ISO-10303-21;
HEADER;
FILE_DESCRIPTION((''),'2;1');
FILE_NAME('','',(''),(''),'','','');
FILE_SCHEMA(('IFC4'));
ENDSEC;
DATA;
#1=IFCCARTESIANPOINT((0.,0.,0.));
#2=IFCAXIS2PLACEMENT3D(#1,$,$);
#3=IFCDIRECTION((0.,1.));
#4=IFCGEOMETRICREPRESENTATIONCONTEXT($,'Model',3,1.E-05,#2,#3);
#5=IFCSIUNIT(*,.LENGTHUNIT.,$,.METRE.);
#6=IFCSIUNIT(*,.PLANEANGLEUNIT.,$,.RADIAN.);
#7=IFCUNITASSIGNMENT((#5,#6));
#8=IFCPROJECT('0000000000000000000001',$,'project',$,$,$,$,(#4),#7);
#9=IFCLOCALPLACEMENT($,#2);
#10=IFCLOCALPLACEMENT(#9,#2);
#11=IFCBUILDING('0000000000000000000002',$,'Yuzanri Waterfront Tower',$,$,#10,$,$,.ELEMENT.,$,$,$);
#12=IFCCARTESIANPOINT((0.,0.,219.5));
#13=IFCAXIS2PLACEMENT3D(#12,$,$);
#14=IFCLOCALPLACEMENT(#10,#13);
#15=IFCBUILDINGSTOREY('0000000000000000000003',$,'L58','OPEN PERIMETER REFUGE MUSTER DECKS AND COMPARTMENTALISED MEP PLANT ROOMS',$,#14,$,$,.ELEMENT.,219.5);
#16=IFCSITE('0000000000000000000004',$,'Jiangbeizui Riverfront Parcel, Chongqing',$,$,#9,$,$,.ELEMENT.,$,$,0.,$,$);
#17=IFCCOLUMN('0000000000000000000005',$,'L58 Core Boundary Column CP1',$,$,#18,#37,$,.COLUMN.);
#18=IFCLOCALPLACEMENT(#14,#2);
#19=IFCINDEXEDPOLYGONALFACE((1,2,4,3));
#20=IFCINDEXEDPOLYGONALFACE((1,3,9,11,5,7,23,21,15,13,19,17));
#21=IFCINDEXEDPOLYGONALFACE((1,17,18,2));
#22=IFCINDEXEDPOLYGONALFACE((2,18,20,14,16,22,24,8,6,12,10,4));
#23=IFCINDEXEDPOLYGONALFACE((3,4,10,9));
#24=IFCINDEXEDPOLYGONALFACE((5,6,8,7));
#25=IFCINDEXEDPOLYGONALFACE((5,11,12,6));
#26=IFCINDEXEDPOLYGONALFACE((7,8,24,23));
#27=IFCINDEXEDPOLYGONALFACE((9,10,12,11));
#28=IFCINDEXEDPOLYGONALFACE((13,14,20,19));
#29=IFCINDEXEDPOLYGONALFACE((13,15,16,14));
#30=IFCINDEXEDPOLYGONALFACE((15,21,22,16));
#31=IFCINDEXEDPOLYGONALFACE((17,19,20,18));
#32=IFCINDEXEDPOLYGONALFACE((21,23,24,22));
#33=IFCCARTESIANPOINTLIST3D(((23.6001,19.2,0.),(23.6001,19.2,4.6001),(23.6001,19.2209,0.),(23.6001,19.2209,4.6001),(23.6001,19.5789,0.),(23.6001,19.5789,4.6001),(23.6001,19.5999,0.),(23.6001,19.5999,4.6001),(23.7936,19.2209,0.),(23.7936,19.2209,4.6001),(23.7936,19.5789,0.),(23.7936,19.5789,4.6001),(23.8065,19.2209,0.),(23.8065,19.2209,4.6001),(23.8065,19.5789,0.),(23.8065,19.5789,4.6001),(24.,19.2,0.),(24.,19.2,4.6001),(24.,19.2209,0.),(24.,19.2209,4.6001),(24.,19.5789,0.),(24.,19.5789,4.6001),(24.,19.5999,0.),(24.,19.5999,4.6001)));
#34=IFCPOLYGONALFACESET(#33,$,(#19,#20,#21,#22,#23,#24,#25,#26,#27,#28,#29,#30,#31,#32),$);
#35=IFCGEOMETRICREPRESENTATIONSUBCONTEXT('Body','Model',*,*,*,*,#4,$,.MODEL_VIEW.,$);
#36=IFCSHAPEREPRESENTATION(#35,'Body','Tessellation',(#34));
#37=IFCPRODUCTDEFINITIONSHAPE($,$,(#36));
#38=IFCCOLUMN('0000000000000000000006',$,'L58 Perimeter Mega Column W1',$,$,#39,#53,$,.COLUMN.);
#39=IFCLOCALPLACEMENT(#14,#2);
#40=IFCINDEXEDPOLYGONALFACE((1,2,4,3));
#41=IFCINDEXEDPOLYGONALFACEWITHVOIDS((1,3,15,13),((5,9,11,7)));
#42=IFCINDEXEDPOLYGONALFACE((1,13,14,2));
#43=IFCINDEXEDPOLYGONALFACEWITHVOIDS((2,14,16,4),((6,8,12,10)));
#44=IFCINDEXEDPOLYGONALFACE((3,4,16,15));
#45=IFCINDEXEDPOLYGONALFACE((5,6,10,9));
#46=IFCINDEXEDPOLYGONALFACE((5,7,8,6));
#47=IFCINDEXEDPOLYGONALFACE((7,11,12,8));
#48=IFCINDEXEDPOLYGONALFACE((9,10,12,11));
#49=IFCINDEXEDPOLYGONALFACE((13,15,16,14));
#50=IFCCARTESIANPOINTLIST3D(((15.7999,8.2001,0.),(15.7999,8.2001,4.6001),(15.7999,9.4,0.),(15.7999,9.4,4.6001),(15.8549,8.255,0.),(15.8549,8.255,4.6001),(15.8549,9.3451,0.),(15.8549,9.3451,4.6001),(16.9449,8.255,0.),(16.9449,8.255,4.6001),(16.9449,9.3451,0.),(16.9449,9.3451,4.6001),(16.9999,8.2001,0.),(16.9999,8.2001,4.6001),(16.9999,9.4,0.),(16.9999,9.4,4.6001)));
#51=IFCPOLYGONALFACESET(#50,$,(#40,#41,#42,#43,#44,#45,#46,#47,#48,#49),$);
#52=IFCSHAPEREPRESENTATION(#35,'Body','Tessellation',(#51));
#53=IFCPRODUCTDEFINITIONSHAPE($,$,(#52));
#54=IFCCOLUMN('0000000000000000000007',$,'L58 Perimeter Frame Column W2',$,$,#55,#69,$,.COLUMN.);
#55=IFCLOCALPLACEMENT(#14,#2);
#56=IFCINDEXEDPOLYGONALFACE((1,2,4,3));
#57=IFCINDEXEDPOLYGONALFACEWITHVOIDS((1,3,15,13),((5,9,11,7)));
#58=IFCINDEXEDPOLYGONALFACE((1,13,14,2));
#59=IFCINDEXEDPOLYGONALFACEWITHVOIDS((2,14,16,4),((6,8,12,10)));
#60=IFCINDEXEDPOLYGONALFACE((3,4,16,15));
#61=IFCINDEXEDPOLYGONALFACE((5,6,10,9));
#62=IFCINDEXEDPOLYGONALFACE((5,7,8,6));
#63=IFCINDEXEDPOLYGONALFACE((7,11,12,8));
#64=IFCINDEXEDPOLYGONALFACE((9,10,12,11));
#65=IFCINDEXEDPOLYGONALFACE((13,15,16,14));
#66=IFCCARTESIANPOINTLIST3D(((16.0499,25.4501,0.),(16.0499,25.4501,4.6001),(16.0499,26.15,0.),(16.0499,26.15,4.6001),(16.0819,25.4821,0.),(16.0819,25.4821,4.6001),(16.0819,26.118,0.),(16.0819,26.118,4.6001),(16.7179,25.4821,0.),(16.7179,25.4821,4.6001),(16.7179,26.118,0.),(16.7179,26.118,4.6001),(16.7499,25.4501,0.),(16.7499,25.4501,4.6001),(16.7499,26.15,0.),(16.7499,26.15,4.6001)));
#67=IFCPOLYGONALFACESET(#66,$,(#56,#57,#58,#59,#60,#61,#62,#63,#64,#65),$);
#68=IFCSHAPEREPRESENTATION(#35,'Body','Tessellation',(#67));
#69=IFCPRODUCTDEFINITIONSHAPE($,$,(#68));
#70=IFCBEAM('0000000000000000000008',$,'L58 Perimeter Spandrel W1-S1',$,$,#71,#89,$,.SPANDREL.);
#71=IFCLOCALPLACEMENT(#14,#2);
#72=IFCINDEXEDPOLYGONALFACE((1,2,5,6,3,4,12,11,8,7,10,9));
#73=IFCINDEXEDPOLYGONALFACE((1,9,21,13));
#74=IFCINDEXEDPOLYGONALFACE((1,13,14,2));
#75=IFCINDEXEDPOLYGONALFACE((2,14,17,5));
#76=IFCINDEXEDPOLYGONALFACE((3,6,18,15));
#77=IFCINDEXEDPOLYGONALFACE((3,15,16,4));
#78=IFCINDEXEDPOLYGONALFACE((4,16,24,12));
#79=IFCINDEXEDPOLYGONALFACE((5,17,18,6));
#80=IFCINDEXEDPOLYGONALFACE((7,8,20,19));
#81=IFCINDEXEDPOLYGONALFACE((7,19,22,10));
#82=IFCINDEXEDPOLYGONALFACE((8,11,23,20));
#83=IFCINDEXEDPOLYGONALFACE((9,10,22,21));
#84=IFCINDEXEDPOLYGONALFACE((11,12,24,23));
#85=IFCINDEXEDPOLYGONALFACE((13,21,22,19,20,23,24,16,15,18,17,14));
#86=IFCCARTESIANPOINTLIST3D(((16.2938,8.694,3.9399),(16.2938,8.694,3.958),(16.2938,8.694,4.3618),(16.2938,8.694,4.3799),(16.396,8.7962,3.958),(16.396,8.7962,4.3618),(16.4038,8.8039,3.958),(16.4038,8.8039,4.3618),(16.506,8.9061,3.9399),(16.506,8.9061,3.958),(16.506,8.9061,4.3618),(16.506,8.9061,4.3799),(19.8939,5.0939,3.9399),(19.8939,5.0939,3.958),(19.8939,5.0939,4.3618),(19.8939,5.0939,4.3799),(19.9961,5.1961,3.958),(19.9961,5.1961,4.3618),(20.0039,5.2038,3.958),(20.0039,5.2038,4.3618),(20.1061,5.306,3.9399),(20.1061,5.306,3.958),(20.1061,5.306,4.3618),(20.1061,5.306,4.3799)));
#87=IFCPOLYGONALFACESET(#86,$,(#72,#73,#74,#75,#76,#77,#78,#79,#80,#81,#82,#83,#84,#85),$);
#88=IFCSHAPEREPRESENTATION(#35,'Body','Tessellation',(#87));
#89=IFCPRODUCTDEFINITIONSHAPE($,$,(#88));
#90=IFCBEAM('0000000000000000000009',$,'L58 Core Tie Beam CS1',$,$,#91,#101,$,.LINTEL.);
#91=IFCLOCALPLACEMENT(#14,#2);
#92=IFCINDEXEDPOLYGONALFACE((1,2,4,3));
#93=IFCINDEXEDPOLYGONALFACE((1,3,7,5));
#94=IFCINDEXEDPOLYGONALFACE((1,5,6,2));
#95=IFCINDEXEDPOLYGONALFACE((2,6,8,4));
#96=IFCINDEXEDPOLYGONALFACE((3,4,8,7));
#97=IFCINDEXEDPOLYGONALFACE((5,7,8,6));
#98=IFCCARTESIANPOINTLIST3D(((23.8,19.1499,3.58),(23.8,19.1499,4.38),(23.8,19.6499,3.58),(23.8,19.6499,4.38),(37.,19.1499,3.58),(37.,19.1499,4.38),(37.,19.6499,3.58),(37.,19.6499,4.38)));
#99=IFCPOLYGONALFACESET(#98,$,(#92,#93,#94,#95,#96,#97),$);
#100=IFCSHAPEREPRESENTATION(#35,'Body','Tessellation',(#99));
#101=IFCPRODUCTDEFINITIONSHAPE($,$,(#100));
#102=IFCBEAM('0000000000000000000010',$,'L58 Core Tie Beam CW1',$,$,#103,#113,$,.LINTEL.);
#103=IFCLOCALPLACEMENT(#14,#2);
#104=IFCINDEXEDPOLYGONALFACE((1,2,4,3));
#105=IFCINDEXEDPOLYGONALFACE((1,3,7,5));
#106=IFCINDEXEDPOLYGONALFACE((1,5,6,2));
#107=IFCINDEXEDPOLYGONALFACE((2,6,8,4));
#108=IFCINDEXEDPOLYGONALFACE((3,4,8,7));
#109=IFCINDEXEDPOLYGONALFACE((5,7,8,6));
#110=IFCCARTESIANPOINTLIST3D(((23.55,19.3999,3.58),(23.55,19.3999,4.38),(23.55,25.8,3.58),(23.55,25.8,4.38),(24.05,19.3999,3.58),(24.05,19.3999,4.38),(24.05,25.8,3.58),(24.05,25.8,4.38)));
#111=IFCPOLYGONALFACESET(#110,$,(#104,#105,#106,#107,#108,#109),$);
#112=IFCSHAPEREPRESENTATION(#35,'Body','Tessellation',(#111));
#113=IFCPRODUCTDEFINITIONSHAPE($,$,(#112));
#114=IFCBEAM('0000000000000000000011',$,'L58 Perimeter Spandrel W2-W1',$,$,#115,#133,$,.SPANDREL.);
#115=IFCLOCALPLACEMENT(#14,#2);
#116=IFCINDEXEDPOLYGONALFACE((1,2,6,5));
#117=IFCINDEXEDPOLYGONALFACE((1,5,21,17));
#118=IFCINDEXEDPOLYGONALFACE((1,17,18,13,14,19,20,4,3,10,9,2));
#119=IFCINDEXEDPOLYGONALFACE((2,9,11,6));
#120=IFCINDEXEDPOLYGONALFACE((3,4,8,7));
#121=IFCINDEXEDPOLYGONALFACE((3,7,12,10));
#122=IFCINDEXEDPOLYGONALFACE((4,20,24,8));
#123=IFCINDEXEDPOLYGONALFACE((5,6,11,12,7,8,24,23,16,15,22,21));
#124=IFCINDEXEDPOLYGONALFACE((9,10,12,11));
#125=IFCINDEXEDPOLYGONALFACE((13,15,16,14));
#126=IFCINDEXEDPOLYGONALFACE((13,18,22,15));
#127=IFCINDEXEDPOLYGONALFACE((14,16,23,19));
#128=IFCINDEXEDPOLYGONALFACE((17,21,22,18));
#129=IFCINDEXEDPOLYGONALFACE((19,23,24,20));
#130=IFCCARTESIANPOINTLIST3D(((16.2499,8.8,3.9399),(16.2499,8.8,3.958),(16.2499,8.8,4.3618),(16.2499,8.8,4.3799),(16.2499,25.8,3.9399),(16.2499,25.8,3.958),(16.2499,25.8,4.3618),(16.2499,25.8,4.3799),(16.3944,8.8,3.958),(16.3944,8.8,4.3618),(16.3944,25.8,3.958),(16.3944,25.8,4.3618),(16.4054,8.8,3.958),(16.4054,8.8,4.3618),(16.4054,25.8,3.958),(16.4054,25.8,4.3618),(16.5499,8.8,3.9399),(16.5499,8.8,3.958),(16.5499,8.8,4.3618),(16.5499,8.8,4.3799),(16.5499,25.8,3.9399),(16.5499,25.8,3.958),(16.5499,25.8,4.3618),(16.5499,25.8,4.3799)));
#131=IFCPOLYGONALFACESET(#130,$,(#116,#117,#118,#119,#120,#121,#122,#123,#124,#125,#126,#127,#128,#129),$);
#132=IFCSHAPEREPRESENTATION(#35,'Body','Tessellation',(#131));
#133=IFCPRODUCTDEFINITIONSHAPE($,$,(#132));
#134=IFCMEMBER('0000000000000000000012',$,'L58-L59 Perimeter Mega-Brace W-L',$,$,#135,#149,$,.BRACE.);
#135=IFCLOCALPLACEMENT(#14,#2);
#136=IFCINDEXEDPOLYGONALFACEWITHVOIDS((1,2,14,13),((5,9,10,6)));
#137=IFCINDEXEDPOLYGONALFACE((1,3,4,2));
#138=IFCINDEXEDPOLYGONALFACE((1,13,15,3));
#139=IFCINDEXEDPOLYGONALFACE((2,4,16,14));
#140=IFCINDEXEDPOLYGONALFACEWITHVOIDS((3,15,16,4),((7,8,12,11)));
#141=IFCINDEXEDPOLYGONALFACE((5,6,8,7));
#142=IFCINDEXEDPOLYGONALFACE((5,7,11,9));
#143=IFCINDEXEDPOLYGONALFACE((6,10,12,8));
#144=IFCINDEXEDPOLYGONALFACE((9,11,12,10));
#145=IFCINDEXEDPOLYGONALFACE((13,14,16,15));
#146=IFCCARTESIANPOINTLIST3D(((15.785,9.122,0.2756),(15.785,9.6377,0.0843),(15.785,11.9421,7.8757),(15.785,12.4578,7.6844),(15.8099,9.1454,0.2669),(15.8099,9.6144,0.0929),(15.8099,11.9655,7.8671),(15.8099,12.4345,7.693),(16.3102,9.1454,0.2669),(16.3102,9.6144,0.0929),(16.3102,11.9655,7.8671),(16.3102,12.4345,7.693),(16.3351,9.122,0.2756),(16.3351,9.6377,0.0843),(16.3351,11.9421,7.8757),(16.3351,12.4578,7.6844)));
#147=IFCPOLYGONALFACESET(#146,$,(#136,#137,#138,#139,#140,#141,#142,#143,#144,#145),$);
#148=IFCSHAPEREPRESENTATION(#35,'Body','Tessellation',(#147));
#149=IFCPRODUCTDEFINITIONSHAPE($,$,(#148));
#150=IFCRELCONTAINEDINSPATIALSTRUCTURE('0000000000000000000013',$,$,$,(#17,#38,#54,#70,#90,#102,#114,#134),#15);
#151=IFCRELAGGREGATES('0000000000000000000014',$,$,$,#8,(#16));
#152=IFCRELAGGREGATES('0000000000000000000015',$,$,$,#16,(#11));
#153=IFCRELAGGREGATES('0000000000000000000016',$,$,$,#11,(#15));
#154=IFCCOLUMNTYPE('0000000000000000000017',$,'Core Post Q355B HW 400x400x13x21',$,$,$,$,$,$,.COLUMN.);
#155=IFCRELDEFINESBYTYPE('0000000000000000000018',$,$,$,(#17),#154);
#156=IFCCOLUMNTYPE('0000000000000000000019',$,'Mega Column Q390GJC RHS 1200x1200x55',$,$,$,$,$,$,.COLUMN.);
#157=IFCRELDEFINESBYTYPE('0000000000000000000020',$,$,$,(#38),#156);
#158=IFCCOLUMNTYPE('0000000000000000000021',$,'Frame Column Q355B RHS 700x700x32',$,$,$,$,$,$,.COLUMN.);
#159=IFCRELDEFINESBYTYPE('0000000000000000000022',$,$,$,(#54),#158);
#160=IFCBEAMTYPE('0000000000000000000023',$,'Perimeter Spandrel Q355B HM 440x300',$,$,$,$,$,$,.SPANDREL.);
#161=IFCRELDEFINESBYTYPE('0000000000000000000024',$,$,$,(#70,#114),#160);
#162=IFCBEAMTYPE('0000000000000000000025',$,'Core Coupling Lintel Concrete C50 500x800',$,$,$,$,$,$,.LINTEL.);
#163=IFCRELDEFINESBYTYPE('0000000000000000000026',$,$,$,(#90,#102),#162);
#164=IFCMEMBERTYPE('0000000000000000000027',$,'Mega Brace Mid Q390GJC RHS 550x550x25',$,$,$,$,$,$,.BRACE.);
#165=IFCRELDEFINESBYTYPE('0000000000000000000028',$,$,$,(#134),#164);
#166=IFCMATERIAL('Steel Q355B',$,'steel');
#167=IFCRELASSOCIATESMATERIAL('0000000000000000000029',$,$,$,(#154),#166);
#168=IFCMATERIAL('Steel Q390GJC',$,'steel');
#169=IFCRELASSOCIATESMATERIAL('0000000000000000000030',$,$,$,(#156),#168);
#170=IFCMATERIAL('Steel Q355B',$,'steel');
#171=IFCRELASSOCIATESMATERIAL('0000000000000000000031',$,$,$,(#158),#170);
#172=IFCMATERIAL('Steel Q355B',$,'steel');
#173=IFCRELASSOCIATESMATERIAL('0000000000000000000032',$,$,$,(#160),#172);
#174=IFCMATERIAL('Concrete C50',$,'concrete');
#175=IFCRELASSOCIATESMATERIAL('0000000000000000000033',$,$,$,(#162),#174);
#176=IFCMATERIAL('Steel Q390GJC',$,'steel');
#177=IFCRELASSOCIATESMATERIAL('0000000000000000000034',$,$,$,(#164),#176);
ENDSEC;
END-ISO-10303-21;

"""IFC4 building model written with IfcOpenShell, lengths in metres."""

from ifc_helpers import new_model, si_unit, direction, frame, origin, origin_2d, place, context, subcontext, project, spatial, rectangle, hollow_rectangle, i_section, extrude, source, transform, mapped, material, material_profile, profile_set, type_object, element, save


model = new_model("IFC4")

# Units and contexts
model_context = context("Model", 3, precision=1e-05, world=origin(), true_north=direction((0.0, 1.0)))
body_context = subcontext(model_context, "Body", "Model", "MODEL_VIEW")
ifc_project = project(units=[si_unit("LENGTHUNIT", "METRE"), si_unit("PLANEANGLEUNIT", "RADIAN")], contexts=[model_context])

# Site, building, storey
site_placement = place(None, origin())
site = spatial("IfcSite", under=ifc_project, at=site_placement, Name="Jiangbeizui Riverfront Parcel, Chongqing", CompositionType="ELEMENT", RefElevation=0.0)
building_placement = place(site_placement, origin())
building = spatial("IfcBuilding", under=site, at=building_placement, Name="Yuzanri Waterfront Tower", CompositionType="ELEMENT")
storey_placement = place(building_placement, frame((0.0, 0.0, 219.5)))
storey = spatial("IfcBuildingStorey", under=building, at=storey_placement, Name="L58", Description="OPEN PERIMETER REFUGE MUSTER DECKS AND COMPARTMENTALISED MEP PLANT ROOMS", CompositionType="ELEMENT", Elevation=219.5)

# Columns
ifc_material_1 = material(Name="Steel Q355B", Category="steel")
ifc_material_profile_1 = material_profile(ifc_material_1, i_section(OverallWidth=0.3999, OverallDepth=0.3999, WebThickness=0.0129, FlangeThickness=0.021, at=origin_2d()), Name="HW 400x400x13x21")
ifc_profile_set_1 = profile_set([ifc_material_profile_1], Name="Steel Q355B")
column_type_1 = type_object("IfcColumnType", Name="Core Post Q355B HW 400x400x13x21", PredefinedType="COLUMN", material=ifc_profile_set_1)
shared_shape_1 = source(origin(), body_context, "Body", "SweptSolid", [
    extrude(i_section(OverallWidth=0.3999, OverallDepth=0.3999, WebThickness=0.0129, FlangeThickness=0.021, at=origin_2d()), origin(), (0.0, 0.0, 1.0), 4.6001),
])
column_1_placement = place(storey_placement, frame((23.8, 19.3999, 0.0), z_axis=(0.0, 0.0, 1.0), x_axis=(1.0, 0.0, 0.0)))
element("IfcColumn", 1, at=column_1_placement, inside=storey, type_object=column_type_1, Name="L58 Core Boundary Column CP1", PredefinedType="COLUMN", context=body_context, shape_type="MappedRepresentation", body=[
    mapped(shared_shape_1, transform((0.0, 0.0, 0.0), scale=1.0)),
])
ifc_material_2 = material(Name="Steel Q390GJC", Category="steel")
ifc_material_profile_2 = material_profile(ifc_material_2, hollow_rectangle(XDim=1.2, YDim=1.2, WallThickness=0.0549, at=origin_2d()), Name="RHS 1200x1200x55")
ifc_profile_set_2 = profile_set([ifc_material_profile_2], Name="Steel Q390GJC")
column_type_2 = type_object("IfcColumnType", Name="Mega Column Q390GJC RHS 1200x1200x55", PredefinedType="COLUMN", material=ifc_profile_set_2)
shared_shape_2 = source(origin(), body_context, "Body", "SweptSolid", [
    extrude(hollow_rectangle(XDim=1.2, YDim=1.2, WallThickness=0.0549, at=origin_2d()), origin(), (0.0, 0.0, 1.0), 4.6001),
])
column_2_placement = place(storey_placement, frame((16.3999, 8.8, 0.0), z_axis=(0.0, 0.0, 1.0), x_axis=(1.0, 0.0, 0.0)))
element("IfcColumn", 2, at=column_2_placement, inside=storey, type_object=column_type_2, Name="L58 Perimeter Mega Column W1", PredefinedType="COLUMN", context=body_context, shape_type="MappedRepresentation", body=[
    mapped(shared_shape_2, transform((0.0, 0.0, 0.0), scale=1.0)),
])
ifc_material_3 = material(Name="Steel Q355B", Category="steel")
ifc_material_profile_3 = material_profile(ifc_material_3, hollow_rectangle(XDim=0.7, YDim=0.7, WallThickness=0.032, at=origin_2d()), Name="RHS 700x700x32")
ifc_profile_set_3 = profile_set([ifc_material_profile_3], Name="Steel Q355B")
column_type_3 = type_object("IfcColumnType", Name="Frame Column Q355B RHS 700x700x32", PredefinedType="COLUMN", material=ifc_profile_set_3)
shared_shape_3 = source(origin(), body_context, "Body", "SweptSolid", [
    extrude(hollow_rectangle(XDim=0.7, YDim=0.7, WallThickness=0.032, at=origin_2d()), origin(), (0.0, 0.0, 1.0), 4.6001),
])
column_3_placement = place(storey_placement, frame((16.3999, 25.8, 0.0), z_axis=(0.0, 0.0, 1.0), x_axis=(1.0, 0.0, 0.0)))
element("IfcColumn", 3, at=column_3_placement, inside=storey, type_object=column_type_3, Name="L58 Perimeter Frame Column W2", PredefinedType="COLUMN", context=body_context, shape_type="MappedRepresentation", body=[
    mapped(shared_shape_3, transform((0.0, 0.0, 0.0), scale=1.0)),
])

# Beams
ifc_material_4 = material(Name="Steel Q355B", Category="steel")
ifc_material_profile_4 = material_profile(ifc_material_4, i_section(OverallWidth=0.3, OverallDepth=0.4399, WebThickness=0.011, FlangeThickness=0.0181, at=origin_2d()), Name="HM 440x300x11x18")
ifc_profile_set_4 = profile_set([ifc_material_profile_4], Name="Steel Q355B")
beam_type_1 = type_object("IfcBeamType", Name="Perimeter Spandrel Q355B HM 440x300", PredefinedType="SPANDREL", material=ifc_profile_set_4)
shared_shape_4 = source(origin(), body_context, "Body", "SweptSolid", [
    extrude(i_section(OverallWidth=0.3, OverallDepth=0.4399, WebThickness=0.011, FlangeThickness=0.0181, at=origin_2d()), origin(), (0.0, 0.0, 1.0), 5.0913),
])
beam_1_placement = place(storey_placement, frame((16.3999, 8.8, 4.1599), z_axis=(0.707107, -0.707107, 0.0), x_axis=(0.707107, 0.707107, 0.0)))
element("IfcBeam", 4, at=beam_1_placement, inside=storey, type_object=beam_type_1, Name="L58 Perimeter Spandrel W1-S1", PredefinedType="SPANDREL", context=body_context, shape_type="MappedRepresentation", body=[
    mapped(shared_shape_4, transform((0.0, 0.0, 0.0), scale=1.0)),
])
ifc_material_5 = material(Name="Concrete C50", Category="concrete")
ifc_material_profile_5 = material_profile(ifc_material_5, rectangle(XDim=0.5, YDim=0.8, at=origin_2d()), Name="RC 500x800")
ifc_profile_set_5 = profile_set([ifc_material_profile_5], Name="Concrete C50")
beam_type_2 = type_object("IfcBeamType", Name="Core Coupling Lintel Concrete C50 500x800", PredefinedType="LINTEL", material=ifc_profile_set_5)
shared_shape_5 = source(origin(), body_context, "Body", "SweptSolid", [
    extrude(rectangle(XDim=0.5, YDim=0.8, at=origin_2d()), origin(), (0.0, 0.0, 1.0), 13.2),
])
beam_2_placement = place(storey_placement, frame((23.8, 19.3999, 3.98), z_axis=(1.0, 0.0, 0.0), x_axis=(0.0, 1.0, 0.0)))
element("IfcBeam", 5, at=beam_2_placement, inside=storey, type_object=beam_type_2, Name="L58 Core Tie Beam CS1", PredefinedType="LINTEL", context=body_context, shape_type="MappedRepresentation", body=[
    mapped(shared_shape_5, transform((0.0, 0.0, 0.0), scale=1.0)),
])
shared_shape_6 = source(origin(), body_context, "Body", "SweptSolid", [
    extrude(rectangle(XDim=0.5, YDim=0.8, at=origin_2d()), origin(), (0.0, 0.0, 1.0), 6.4001),
])
beam_3_placement = place(storey_placement, frame((23.8, 19.3999, 3.98), z_axis=(0.0, 1.0, 0.0), x_axis=(-1.0, 0.0, 0.0)))
element("IfcBeam", 6, at=beam_3_placement, inside=storey, type_object=beam_type_2, Name="L58 Core Tie Beam CW1", PredefinedType="LINTEL", context=body_context, shape_type="MappedRepresentation", body=[
    mapped(shared_shape_6, transform((0.0, 0.0, 0.0), scale=1.0)),
])
shared_shape_7 = source(origin(), body_context, "Body", "SweptSolid", [
    extrude(i_section(OverallWidth=0.3, OverallDepth=0.4399, WebThickness=0.011, FlangeThickness=0.0181, at=origin_2d()), origin(), (0.0, 0.0, 1.0), 17.0),
])
beam_4_placement = place(storey_placement, frame((16.3999, 25.8, 4.1599), z_axis=(0.0, -1.0, 0.0), x_axis=(1.0, 0.0, 0.0)))
element("IfcBeam", 7, at=beam_4_placement, inside=storey, type_object=beam_type_1, Name="L58 Perimeter Spandrel W2-W1", PredefinedType="SPANDREL", context=body_context, shape_type="MappedRepresentation", body=[
    mapped(shared_shape_7, transform((0.0, 0.0, 0.0), scale=1.0)),
])

# Member
ifc_material_6 = material(Name="Steel Q390GJC", Category="steel")
ifc_material_profile_6 = material_profile(ifc_material_6, hollow_rectangle(XDim=0.55, YDim=0.55, WallThickness=0.0249, at=origin_2d()), Name="RHS 550x550x25")
ifc_profile_set_6 = profile_set([ifc_material_profile_6], Name="Steel Q390GJC")
member_type_1 = type_object("IfcMemberType", Name="Mega Brace Mid Q390GJC RHS 550x550x25", PredefinedType="BRACE", material=ifc_profile_set_6)
shared_shape_8 = source(origin(), body_context, "Body", "SweptSolid", [
    extrude(hollow_rectangle(XDim=0.55, YDim=0.55, WallThickness=0.0249, at=origin_2d()), origin(), (0.0, 0.0, 1.0), 8.1064),
])
member_placement = place(storey_placement, frame((16.0601, 9.3799, 0.1799), z_axis=(0.0, 0.34788, 0.937539), x_axis=(-1.0, 0.0, 0.0)))
element("IfcMember", 8, at=member_placement, inside=storey, type_object=member_type_1, Name="L58-L59 Perimeter Mega-Brace W-L", PredefinedType="BRACE", context=body_context, shape_type="MappedRepresentation", body=[
    mapped(shared_shape_8, transform((0.0, 0.0, 0.0), scale=1.0)),
])

save(model, "model.ifc")
